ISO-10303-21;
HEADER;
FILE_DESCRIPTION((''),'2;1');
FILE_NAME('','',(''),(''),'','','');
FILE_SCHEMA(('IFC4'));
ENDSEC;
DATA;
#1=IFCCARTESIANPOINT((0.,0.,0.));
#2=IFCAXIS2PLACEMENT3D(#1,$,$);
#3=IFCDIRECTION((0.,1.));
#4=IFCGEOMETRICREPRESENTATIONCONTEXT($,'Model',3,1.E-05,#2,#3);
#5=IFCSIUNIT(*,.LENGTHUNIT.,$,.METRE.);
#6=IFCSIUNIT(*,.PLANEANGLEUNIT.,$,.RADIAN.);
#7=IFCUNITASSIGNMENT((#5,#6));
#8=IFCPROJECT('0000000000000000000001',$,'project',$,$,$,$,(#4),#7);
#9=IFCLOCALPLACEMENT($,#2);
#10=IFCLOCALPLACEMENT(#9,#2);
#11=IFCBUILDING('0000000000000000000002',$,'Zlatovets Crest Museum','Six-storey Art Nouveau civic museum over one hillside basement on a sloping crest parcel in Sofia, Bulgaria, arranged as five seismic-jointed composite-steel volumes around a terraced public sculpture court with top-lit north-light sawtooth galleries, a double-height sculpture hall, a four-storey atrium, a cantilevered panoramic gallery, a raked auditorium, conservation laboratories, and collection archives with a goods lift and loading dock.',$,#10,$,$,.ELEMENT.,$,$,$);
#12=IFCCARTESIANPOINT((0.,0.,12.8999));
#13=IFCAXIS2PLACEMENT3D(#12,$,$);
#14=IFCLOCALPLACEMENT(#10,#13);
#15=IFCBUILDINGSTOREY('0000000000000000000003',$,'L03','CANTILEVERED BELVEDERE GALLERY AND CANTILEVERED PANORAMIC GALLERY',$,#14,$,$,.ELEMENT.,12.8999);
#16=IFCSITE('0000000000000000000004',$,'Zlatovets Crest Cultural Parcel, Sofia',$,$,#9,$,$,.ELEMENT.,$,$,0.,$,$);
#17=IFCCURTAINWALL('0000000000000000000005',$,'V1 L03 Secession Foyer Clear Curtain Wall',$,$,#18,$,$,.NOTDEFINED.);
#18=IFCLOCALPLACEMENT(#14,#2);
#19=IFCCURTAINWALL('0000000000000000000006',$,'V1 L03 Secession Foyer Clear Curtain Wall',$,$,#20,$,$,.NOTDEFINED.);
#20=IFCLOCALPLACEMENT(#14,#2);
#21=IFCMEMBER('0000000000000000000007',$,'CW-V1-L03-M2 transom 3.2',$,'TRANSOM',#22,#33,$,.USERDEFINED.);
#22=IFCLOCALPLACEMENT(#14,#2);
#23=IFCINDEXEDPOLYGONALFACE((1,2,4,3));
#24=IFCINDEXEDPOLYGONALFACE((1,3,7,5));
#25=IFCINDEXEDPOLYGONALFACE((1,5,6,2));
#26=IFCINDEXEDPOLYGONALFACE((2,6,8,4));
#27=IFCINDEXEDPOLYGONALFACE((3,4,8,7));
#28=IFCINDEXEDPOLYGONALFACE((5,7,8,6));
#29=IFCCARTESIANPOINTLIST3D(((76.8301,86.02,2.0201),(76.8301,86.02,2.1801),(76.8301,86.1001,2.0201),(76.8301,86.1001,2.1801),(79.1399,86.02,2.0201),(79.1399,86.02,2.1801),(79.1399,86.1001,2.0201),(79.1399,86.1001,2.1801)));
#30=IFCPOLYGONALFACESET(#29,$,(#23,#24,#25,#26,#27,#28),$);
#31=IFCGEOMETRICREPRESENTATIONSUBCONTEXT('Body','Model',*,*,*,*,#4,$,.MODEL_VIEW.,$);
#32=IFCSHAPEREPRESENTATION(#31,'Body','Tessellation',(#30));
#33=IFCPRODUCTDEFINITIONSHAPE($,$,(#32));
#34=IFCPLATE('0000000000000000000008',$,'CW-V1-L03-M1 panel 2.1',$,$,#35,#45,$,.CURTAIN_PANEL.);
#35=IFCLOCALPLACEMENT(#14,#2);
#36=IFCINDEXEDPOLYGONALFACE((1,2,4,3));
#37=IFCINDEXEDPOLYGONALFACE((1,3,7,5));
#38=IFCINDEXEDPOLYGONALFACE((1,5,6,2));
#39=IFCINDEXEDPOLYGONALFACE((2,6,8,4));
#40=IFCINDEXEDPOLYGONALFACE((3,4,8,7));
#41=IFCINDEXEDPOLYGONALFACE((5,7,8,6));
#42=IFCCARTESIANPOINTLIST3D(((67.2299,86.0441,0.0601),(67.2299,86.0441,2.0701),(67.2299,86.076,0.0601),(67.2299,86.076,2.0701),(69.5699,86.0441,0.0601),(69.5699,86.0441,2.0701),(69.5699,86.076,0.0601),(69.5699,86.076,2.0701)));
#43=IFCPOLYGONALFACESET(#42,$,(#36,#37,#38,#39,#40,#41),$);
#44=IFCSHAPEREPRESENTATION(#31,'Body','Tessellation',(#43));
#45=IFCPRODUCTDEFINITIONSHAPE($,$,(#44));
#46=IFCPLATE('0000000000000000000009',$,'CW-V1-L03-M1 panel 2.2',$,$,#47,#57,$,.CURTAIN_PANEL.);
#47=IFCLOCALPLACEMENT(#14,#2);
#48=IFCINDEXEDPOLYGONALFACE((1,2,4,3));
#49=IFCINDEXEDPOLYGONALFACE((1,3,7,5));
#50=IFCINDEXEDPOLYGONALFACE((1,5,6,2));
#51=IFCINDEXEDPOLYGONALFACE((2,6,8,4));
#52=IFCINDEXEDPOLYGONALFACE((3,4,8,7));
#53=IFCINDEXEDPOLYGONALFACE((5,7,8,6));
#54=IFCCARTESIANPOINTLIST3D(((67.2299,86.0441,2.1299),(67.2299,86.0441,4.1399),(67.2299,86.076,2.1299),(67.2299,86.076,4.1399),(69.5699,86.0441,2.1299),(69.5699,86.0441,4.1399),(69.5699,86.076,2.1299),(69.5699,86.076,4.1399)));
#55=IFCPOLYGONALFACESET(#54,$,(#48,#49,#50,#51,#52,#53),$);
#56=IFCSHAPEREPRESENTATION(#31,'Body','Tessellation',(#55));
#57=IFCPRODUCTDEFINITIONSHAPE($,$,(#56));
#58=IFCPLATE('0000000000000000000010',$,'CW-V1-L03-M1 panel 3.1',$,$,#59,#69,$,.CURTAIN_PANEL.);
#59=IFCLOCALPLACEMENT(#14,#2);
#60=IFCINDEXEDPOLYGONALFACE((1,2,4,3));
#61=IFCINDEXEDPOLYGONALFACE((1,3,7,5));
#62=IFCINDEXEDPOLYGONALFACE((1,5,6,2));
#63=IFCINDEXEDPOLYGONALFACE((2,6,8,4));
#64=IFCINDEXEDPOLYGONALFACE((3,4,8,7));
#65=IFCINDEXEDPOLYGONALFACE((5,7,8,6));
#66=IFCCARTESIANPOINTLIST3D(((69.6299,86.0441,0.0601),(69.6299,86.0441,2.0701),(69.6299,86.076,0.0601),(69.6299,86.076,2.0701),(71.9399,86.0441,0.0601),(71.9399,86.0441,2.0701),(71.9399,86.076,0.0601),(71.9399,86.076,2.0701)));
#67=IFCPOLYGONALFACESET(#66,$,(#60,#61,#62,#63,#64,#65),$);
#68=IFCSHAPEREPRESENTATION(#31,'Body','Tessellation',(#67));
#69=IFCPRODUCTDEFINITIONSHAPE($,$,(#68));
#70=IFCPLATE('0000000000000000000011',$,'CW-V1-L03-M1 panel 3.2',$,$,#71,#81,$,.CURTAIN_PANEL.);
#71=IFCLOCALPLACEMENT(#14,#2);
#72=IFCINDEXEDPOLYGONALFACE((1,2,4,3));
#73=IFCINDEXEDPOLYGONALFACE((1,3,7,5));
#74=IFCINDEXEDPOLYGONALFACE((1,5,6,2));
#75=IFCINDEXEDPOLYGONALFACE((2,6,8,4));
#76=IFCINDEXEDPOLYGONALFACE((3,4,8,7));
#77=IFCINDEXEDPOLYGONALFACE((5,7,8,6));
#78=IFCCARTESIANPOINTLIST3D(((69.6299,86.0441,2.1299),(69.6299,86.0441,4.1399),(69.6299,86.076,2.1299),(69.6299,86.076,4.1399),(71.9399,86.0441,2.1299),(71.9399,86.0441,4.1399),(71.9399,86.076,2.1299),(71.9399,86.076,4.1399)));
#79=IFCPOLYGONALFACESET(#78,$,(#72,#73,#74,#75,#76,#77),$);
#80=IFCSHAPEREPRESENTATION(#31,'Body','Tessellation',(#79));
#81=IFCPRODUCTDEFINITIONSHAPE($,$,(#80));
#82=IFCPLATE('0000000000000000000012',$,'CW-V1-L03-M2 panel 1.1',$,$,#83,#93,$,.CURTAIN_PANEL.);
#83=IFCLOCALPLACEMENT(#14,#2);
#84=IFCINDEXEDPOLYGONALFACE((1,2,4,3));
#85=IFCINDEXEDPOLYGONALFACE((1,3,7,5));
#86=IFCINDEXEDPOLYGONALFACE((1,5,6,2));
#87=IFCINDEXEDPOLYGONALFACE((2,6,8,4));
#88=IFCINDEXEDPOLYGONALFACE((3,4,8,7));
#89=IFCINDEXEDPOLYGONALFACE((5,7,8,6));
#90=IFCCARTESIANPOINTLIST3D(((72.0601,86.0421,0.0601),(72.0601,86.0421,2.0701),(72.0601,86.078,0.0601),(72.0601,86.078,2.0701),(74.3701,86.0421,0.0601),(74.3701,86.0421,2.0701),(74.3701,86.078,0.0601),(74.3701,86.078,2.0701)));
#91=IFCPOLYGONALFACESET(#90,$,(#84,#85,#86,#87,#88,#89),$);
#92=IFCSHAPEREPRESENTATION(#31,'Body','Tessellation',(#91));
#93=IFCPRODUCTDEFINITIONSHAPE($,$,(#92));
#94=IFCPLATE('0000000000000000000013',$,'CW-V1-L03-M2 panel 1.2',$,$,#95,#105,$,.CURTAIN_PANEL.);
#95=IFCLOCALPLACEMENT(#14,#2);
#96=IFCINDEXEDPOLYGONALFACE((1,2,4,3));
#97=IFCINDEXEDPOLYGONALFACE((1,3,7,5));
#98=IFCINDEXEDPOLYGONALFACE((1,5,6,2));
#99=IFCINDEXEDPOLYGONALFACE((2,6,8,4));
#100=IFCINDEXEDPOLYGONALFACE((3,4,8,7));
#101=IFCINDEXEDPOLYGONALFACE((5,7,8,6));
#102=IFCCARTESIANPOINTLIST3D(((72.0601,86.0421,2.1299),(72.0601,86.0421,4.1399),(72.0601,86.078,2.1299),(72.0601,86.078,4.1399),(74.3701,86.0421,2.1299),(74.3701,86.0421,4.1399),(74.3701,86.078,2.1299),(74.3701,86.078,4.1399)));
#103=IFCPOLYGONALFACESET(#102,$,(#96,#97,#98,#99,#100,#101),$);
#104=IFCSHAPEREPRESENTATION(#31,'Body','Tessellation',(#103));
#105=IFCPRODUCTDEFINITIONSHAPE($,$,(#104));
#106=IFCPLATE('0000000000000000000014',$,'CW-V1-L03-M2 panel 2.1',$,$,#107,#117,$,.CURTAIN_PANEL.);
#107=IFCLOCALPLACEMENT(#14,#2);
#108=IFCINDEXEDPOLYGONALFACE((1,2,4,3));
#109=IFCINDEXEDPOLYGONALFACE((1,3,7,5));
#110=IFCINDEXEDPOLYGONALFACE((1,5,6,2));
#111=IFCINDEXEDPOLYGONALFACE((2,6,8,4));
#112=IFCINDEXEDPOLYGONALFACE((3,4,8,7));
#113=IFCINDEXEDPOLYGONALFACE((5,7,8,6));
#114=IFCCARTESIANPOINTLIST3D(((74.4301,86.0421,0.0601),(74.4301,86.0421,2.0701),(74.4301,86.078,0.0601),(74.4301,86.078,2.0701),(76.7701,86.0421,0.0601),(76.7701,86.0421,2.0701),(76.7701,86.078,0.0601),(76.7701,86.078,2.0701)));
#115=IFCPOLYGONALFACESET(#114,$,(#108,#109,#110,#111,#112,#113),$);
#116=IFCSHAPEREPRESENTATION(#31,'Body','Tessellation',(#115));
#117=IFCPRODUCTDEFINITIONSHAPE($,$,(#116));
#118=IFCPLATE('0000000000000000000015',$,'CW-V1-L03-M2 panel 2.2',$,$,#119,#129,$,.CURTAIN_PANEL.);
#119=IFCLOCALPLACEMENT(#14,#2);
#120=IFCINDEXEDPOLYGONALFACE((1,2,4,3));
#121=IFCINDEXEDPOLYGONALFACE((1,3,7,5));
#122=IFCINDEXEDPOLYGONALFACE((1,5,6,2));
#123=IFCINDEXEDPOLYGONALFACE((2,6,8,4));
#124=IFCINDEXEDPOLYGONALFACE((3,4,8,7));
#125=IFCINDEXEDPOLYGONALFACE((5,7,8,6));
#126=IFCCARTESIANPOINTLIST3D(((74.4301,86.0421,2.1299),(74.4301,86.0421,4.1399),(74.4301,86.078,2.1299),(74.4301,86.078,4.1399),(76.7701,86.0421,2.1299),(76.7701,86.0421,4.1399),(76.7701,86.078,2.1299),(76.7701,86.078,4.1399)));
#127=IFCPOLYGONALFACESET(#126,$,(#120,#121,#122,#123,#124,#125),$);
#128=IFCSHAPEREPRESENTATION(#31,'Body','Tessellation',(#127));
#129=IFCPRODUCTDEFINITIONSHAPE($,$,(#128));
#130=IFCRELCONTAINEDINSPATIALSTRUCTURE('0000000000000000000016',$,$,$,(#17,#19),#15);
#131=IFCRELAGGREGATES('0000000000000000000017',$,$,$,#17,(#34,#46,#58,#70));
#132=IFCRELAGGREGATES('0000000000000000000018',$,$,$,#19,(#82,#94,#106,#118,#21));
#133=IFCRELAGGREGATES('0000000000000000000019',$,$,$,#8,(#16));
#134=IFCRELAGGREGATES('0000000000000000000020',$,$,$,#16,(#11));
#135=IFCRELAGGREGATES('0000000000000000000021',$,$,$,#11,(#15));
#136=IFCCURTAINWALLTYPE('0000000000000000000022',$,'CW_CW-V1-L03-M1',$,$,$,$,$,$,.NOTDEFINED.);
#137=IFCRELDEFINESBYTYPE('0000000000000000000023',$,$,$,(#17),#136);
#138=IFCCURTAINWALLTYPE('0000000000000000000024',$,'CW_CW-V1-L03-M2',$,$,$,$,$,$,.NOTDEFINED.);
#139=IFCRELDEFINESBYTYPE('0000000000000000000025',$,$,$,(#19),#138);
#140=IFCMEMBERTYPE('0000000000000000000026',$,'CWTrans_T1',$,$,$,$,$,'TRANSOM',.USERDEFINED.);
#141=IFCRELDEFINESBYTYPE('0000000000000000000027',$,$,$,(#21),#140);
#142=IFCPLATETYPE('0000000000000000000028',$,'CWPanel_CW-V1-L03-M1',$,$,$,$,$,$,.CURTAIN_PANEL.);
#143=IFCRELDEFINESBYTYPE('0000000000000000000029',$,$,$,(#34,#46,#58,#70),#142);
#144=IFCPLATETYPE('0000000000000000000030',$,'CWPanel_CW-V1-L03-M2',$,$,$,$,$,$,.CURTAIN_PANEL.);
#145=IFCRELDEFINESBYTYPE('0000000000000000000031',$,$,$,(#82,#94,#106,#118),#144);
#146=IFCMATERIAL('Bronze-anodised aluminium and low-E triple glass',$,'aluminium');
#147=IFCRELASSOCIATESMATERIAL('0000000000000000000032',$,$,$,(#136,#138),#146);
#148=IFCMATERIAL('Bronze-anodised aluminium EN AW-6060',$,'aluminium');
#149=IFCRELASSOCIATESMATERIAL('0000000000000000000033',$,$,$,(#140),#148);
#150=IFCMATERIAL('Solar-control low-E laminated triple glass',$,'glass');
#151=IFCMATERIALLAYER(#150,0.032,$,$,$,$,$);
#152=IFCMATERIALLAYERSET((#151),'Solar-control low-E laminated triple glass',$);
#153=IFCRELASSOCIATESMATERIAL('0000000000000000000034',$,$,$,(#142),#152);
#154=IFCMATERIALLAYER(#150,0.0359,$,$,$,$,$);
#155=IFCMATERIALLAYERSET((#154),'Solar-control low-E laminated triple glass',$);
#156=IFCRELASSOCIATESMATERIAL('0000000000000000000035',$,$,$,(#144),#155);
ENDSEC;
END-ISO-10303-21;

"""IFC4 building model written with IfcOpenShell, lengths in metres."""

from ifc_helpers import new_model, si_unit, direction, frame, origin, origin_2d, place, context, subcontext, project, spatial, rectangle, extrude, material, layer, layer_set, material_profile, profile_set, type_object, element, aggregate, save


model = new_model("IFC4")

# Units and contexts
model_context = context("Model", 3, precision=1e-05, world=origin(), true_north=direction((0.0, 1.0)))
body_context = subcontext(model_context, "Body", "Model", "MODEL_VIEW")
ifc_project = project(units=[si_unit("LENGTHUNIT", "METRE"), si_unit("PLANEANGLEUNIT", "RADIAN")], contexts=[model_context])

# Site, building, storey
site_placement = place(None, origin())
site = spatial("IfcSite", under=ifc_project, at=site_placement, Name="Zlatovets Crest Cultural Parcel, Sofia", CompositionType="ELEMENT", RefElevation=0.0)
building_placement = place(site_placement, origin())
building = spatial("IfcBuilding", under=site, at=building_placement, Name="Zlatovets Crest Museum", Description="Six-storey Art Nouveau civic museum over one hillside basement on a sloping crest parcel in Sofia, Bulgaria, arranged as five seismic-jointed composite-steel volumes around a terraced public sculpture court with top-lit north-light sawtooth galleries, a double-height sculpture hall, a four-storey atrium, a cantilevered panoramic gallery, a raked auditorium, conservation laboratories, and collection archives with a goods lift and loading dock.", CompositionType="ELEMENT")
storey_placement = place(building_placement, frame((0.0, 0.0, 12.8999)))
storey = spatial("IfcBuildingStorey", under=building, at=storey_placement, Name="L03", Description="CANTILEVERED BELVEDERE GALLERY AND CANTILEVERED PANORAMIC GALLERY", CompositionType="ELEMENT", Elevation=12.8999)

# Curtain walls
ifc_material_1 = material(Name="Bronze-anodised aluminium and low-E triple glass", Category="aluminium")
curtain_wall_type_1 = type_object("IfcCurtainWallType", Name="CW_CW-V1-L03-M1", PredefinedType="NOTDEFINED", material=ifc_material_1)
curtain_wall_1_placement = place(storey_placement, origin())
curtain_wall_1 = element("IfcCurtainWall", 1, at=curtain_wall_1_placement, inside=storey, type_object=curtain_wall_type_1, Name="V1 L03 Secession Foyer Clear Curtain Wall", PredefinedType="NOTDEFINED")
ifc_material_2 = material(Name="Bronze-anodised aluminium EN AW-6060", Category="aluminium")
curtain_wall_type_2 = type_object("IfcCurtainWallType", Name="CW_CW-V1-L03-M2", PredefinedType="NOTDEFINED", material=ifc_material_1)
curtain_wall_2_placement = place(storey_placement, origin())
curtain_wall_2 = element("IfcCurtainWall", 2, at=curtain_wall_2_placement, inside=storey, type_object=curtain_wall_type_2, Name="V1 L03 Secession Foyer Clear Curtain Wall", PredefinedType="NOTDEFINED")

# Member
ifc_material_profile_1 = material_profile(ifc_material_2, rectangle(XDim=0.0801, YDim=0.1599, at=origin_2d()), Name="ALU 80x160")
ifc_profile_set_1 = profile_set([ifc_material_profile_1], Name="Bronze-anodised aluminium EN AW-6060")
member_type_1 = type_object("IfcMemberType", Name="CWTrans_T1", ElementType="TRANSOM", PredefinedType="USERDEFINED", material=ifc_profile_set_1)
member_1_placement = place(storey_placement, frame((76.8301, 86.0601, 2.1001), z_axis=(1.0, 0.0, 0.0), x_axis=(0.0, 1.0, 0.0)))
member_1 = element("IfcMember", 3, at=member_1_placement, type_object=member_type_1, Name="CW-V1-L03-M2 transom 3.2", ObjectType="TRANSOM", PredefinedType="USERDEFINED", context=body_context, shape_type="SweptSolid", body=[
    extrude(rectangle(XDim=0.0801, YDim=0.1599, at=origin_2d()), origin(), (0.0, 0.0, 1.0), 2.3098),
])

# Plates
ifc_material_3 = material(Name="Solar-control low-E laminated triple glass", Category="glass")
ifc_layer_1 = layer(ifc_material_3, 0.032)
ifc_layer_set_1 = layer_set([ifc_layer_1], Name="Solar-control low-E laminated triple glass")
plate_type_1 = type_object("IfcPlateType", Name="CWPanel_CW-V1-L03-M1", PredefinedType="CURTAIN_PANEL", material=ifc_layer_set_1)
plate_1_placement = place(storey_placement, frame((68.3999, 86.0601, 0.0601), z_axis=(0.0, 0.0, 1.0), x_axis=(1.0, 0.0, 0.0)))
plate_1 = element("IfcPlate", 4, at=plate_1_placement, type_object=plate_type_1, Name="CW-V1-L03-M1 panel 2.1", PredefinedType="CURTAIN_PANEL", context=body_context, shape_type="SweptSolid", body=[
    extrude(rectangle(XDim=2.3401, YDim=0.032, at=origin_2d()), origin(), (0.0, 0.0, 1.0), 2.01),
])
plate_2_placement = place(storey_placement, frame((68.3999, 86.0601, 2.1299), z_axis=(0.0, 0.0, 1.0), x_axis=(1.0, 0.0, 0.0)))
plate_2 = element("IfcPlate", 5, at=plate_2_placement, type_object=plate_type_1, Name="CW-V1-L03-M1 panel 2.2", PredefinedType="CURTAIN_PANEL", context=body_context, shape_type="SweptSolid", body=[
    extrude(rectangle(XDim=2.3401, YDim=0.032, at=origin_2d()), origin(), (0.0, 0.0, 1.0), 2.01),
])
plate_3_placement = place(storey_placement, frame((70.7849, 86.0601, 0.0601), z_axis=(0.0, 0.0, 1.0), x_axis=(1.0, 0.0, 0.0)))
plate_3 = element("IfcPlate", 6, at=plate_3_placement, type_object=plate_type_1, Name="CW-V1-L03-M1 panel 3.1", PredefinedType="CURTAIN_PANEL", context=body_context, shape_type="SweptSolid", body=[
    extrude(rectangle(XDim=2.3101, YDim=0.032, at=origin_2d()), origin(), (0.0, 0.0, 1.0), 2.01),
])
plate_4_placement = place(storey_placement, frame((70.7849, 86.0601, 2.1299), z_axis=(0.0, 0.0, 1.0), x_axis=(1.0, 0.0, 0.0)))
plate_4 = element("IfcPlate", 7, at=plate_4_placement, type_object=plate_type_1, Name="CW-V1-L03-M1 panel 3.2", PredefinedType="CURTAIN_PANEL", context=body_context, shape_type="SweptSolid", body=[
    extrude(rectangle(XDim=2.3101, YDim=0.032, at=origin_2d()), origin(), (0.0, 0.0, 1.0), 2.01),
])
aggregate(curtain_wall_1, [plate_1, plate_2, plate_3, plate_4])
ifc_layer_2 = layer(ifc_material_3, 0.0359)
ifc_layer_set_2 = layer_set([ifc_layer_2], Name="Solar-control low-E laminated triple glass")
plate_type_2 = type_object("IfcPlateType", Name="CWPanel_CW-V1-L03-M2", PredefinedType="CURTAIN_PANEL", material=ifc_layer_set_2)
plate_5_placement = place(storey_placement, frame((73.2151, 86.0601, 0.0601), z_axis=(0.0, 0.0, 1.0), x_axis=(1.0, 0.0, 0.0)))
plate_5 = element("IfcPlate", 8, at=plate_5_placement, type_object=plate_type_2, Name="CW-V1-L03-M2 panel 1.1", PredefinedType="CURTAIN_PANEL", context=body_context, shape_type="SweptSolid", body=[
    extrude(rectangle(XDim=2.3101, YDim=0.0359, at=origin_2d()), origin(), (0.0, 0.0, 1.0), 2.01),
])
plate_6_placement = place(storey_placement, frame((73.2151, 86.0601, 2.1299), z_axis=(0.0, 0.0, 1.0), x_axis=(1.0, 0.0, 0.0)))
plate_6 = element("IfcPlate", 9, at=plate_6_placement, type_object=plate_type_2, Name="CW-V1-L03-M2 panel 1.2", PredefinedType="CURTAIN_PANEL", context=body_context, shape_type="SweptSolid", body=[
    extrude(rectangle(XDim=2.3101, YDim=0.0359, at=origin_2d()), origin(), (0.0, 0.0, 1.0), 2.01),
])
plate_7_placement = place(storey_placement, frame((75.6001, 86.0601, 0.0601), z_axis=(0.0, 0.0, 1.0), x_axis=(1.0, 0.0, 0.0)))
plate_7 = element("IfcPlate", 10, at=plate_7_placement, type_object=plate_type_2, Name="CW-V1-L03-M2 panel 2.1", PredefinedType="CURTAIN_PANEL", context=body_context, shape_type="SweptSolid", body=[
    extrude(rectangle(XDim=2.3401, YDim=0.0359, at=origin_2d()), origin(), (0.0, 0.0, 1.0), 2.01),
])
plate_8_placement = place(storey_placement, frame((75.6001, 86.0601, 2.1299), z_axis=(0.0, 0.0, 1.0), x_axis=(1.0, 0.0, 0.0)))
plate_8 = element("IfcPlate", 11, at=plate_8_placement, type_object=plate_type_2, Name="CW-V1-L03-M2 panel 2.2", PredefinedType="CURTAIN_PANEL", context=body_context, shape_type="SweptSolid", body=[
    extrude(rectangle(XDim=2.3401, YDim=0.0359, at=origin_2d()), origin(), (0.0, 0.0, 1.0), 2.01),
])
aggregate(curtain_wall_2, [plate_5, plate_6, plate_7, plate_8, member_1])

save(model, "model.ifc")
